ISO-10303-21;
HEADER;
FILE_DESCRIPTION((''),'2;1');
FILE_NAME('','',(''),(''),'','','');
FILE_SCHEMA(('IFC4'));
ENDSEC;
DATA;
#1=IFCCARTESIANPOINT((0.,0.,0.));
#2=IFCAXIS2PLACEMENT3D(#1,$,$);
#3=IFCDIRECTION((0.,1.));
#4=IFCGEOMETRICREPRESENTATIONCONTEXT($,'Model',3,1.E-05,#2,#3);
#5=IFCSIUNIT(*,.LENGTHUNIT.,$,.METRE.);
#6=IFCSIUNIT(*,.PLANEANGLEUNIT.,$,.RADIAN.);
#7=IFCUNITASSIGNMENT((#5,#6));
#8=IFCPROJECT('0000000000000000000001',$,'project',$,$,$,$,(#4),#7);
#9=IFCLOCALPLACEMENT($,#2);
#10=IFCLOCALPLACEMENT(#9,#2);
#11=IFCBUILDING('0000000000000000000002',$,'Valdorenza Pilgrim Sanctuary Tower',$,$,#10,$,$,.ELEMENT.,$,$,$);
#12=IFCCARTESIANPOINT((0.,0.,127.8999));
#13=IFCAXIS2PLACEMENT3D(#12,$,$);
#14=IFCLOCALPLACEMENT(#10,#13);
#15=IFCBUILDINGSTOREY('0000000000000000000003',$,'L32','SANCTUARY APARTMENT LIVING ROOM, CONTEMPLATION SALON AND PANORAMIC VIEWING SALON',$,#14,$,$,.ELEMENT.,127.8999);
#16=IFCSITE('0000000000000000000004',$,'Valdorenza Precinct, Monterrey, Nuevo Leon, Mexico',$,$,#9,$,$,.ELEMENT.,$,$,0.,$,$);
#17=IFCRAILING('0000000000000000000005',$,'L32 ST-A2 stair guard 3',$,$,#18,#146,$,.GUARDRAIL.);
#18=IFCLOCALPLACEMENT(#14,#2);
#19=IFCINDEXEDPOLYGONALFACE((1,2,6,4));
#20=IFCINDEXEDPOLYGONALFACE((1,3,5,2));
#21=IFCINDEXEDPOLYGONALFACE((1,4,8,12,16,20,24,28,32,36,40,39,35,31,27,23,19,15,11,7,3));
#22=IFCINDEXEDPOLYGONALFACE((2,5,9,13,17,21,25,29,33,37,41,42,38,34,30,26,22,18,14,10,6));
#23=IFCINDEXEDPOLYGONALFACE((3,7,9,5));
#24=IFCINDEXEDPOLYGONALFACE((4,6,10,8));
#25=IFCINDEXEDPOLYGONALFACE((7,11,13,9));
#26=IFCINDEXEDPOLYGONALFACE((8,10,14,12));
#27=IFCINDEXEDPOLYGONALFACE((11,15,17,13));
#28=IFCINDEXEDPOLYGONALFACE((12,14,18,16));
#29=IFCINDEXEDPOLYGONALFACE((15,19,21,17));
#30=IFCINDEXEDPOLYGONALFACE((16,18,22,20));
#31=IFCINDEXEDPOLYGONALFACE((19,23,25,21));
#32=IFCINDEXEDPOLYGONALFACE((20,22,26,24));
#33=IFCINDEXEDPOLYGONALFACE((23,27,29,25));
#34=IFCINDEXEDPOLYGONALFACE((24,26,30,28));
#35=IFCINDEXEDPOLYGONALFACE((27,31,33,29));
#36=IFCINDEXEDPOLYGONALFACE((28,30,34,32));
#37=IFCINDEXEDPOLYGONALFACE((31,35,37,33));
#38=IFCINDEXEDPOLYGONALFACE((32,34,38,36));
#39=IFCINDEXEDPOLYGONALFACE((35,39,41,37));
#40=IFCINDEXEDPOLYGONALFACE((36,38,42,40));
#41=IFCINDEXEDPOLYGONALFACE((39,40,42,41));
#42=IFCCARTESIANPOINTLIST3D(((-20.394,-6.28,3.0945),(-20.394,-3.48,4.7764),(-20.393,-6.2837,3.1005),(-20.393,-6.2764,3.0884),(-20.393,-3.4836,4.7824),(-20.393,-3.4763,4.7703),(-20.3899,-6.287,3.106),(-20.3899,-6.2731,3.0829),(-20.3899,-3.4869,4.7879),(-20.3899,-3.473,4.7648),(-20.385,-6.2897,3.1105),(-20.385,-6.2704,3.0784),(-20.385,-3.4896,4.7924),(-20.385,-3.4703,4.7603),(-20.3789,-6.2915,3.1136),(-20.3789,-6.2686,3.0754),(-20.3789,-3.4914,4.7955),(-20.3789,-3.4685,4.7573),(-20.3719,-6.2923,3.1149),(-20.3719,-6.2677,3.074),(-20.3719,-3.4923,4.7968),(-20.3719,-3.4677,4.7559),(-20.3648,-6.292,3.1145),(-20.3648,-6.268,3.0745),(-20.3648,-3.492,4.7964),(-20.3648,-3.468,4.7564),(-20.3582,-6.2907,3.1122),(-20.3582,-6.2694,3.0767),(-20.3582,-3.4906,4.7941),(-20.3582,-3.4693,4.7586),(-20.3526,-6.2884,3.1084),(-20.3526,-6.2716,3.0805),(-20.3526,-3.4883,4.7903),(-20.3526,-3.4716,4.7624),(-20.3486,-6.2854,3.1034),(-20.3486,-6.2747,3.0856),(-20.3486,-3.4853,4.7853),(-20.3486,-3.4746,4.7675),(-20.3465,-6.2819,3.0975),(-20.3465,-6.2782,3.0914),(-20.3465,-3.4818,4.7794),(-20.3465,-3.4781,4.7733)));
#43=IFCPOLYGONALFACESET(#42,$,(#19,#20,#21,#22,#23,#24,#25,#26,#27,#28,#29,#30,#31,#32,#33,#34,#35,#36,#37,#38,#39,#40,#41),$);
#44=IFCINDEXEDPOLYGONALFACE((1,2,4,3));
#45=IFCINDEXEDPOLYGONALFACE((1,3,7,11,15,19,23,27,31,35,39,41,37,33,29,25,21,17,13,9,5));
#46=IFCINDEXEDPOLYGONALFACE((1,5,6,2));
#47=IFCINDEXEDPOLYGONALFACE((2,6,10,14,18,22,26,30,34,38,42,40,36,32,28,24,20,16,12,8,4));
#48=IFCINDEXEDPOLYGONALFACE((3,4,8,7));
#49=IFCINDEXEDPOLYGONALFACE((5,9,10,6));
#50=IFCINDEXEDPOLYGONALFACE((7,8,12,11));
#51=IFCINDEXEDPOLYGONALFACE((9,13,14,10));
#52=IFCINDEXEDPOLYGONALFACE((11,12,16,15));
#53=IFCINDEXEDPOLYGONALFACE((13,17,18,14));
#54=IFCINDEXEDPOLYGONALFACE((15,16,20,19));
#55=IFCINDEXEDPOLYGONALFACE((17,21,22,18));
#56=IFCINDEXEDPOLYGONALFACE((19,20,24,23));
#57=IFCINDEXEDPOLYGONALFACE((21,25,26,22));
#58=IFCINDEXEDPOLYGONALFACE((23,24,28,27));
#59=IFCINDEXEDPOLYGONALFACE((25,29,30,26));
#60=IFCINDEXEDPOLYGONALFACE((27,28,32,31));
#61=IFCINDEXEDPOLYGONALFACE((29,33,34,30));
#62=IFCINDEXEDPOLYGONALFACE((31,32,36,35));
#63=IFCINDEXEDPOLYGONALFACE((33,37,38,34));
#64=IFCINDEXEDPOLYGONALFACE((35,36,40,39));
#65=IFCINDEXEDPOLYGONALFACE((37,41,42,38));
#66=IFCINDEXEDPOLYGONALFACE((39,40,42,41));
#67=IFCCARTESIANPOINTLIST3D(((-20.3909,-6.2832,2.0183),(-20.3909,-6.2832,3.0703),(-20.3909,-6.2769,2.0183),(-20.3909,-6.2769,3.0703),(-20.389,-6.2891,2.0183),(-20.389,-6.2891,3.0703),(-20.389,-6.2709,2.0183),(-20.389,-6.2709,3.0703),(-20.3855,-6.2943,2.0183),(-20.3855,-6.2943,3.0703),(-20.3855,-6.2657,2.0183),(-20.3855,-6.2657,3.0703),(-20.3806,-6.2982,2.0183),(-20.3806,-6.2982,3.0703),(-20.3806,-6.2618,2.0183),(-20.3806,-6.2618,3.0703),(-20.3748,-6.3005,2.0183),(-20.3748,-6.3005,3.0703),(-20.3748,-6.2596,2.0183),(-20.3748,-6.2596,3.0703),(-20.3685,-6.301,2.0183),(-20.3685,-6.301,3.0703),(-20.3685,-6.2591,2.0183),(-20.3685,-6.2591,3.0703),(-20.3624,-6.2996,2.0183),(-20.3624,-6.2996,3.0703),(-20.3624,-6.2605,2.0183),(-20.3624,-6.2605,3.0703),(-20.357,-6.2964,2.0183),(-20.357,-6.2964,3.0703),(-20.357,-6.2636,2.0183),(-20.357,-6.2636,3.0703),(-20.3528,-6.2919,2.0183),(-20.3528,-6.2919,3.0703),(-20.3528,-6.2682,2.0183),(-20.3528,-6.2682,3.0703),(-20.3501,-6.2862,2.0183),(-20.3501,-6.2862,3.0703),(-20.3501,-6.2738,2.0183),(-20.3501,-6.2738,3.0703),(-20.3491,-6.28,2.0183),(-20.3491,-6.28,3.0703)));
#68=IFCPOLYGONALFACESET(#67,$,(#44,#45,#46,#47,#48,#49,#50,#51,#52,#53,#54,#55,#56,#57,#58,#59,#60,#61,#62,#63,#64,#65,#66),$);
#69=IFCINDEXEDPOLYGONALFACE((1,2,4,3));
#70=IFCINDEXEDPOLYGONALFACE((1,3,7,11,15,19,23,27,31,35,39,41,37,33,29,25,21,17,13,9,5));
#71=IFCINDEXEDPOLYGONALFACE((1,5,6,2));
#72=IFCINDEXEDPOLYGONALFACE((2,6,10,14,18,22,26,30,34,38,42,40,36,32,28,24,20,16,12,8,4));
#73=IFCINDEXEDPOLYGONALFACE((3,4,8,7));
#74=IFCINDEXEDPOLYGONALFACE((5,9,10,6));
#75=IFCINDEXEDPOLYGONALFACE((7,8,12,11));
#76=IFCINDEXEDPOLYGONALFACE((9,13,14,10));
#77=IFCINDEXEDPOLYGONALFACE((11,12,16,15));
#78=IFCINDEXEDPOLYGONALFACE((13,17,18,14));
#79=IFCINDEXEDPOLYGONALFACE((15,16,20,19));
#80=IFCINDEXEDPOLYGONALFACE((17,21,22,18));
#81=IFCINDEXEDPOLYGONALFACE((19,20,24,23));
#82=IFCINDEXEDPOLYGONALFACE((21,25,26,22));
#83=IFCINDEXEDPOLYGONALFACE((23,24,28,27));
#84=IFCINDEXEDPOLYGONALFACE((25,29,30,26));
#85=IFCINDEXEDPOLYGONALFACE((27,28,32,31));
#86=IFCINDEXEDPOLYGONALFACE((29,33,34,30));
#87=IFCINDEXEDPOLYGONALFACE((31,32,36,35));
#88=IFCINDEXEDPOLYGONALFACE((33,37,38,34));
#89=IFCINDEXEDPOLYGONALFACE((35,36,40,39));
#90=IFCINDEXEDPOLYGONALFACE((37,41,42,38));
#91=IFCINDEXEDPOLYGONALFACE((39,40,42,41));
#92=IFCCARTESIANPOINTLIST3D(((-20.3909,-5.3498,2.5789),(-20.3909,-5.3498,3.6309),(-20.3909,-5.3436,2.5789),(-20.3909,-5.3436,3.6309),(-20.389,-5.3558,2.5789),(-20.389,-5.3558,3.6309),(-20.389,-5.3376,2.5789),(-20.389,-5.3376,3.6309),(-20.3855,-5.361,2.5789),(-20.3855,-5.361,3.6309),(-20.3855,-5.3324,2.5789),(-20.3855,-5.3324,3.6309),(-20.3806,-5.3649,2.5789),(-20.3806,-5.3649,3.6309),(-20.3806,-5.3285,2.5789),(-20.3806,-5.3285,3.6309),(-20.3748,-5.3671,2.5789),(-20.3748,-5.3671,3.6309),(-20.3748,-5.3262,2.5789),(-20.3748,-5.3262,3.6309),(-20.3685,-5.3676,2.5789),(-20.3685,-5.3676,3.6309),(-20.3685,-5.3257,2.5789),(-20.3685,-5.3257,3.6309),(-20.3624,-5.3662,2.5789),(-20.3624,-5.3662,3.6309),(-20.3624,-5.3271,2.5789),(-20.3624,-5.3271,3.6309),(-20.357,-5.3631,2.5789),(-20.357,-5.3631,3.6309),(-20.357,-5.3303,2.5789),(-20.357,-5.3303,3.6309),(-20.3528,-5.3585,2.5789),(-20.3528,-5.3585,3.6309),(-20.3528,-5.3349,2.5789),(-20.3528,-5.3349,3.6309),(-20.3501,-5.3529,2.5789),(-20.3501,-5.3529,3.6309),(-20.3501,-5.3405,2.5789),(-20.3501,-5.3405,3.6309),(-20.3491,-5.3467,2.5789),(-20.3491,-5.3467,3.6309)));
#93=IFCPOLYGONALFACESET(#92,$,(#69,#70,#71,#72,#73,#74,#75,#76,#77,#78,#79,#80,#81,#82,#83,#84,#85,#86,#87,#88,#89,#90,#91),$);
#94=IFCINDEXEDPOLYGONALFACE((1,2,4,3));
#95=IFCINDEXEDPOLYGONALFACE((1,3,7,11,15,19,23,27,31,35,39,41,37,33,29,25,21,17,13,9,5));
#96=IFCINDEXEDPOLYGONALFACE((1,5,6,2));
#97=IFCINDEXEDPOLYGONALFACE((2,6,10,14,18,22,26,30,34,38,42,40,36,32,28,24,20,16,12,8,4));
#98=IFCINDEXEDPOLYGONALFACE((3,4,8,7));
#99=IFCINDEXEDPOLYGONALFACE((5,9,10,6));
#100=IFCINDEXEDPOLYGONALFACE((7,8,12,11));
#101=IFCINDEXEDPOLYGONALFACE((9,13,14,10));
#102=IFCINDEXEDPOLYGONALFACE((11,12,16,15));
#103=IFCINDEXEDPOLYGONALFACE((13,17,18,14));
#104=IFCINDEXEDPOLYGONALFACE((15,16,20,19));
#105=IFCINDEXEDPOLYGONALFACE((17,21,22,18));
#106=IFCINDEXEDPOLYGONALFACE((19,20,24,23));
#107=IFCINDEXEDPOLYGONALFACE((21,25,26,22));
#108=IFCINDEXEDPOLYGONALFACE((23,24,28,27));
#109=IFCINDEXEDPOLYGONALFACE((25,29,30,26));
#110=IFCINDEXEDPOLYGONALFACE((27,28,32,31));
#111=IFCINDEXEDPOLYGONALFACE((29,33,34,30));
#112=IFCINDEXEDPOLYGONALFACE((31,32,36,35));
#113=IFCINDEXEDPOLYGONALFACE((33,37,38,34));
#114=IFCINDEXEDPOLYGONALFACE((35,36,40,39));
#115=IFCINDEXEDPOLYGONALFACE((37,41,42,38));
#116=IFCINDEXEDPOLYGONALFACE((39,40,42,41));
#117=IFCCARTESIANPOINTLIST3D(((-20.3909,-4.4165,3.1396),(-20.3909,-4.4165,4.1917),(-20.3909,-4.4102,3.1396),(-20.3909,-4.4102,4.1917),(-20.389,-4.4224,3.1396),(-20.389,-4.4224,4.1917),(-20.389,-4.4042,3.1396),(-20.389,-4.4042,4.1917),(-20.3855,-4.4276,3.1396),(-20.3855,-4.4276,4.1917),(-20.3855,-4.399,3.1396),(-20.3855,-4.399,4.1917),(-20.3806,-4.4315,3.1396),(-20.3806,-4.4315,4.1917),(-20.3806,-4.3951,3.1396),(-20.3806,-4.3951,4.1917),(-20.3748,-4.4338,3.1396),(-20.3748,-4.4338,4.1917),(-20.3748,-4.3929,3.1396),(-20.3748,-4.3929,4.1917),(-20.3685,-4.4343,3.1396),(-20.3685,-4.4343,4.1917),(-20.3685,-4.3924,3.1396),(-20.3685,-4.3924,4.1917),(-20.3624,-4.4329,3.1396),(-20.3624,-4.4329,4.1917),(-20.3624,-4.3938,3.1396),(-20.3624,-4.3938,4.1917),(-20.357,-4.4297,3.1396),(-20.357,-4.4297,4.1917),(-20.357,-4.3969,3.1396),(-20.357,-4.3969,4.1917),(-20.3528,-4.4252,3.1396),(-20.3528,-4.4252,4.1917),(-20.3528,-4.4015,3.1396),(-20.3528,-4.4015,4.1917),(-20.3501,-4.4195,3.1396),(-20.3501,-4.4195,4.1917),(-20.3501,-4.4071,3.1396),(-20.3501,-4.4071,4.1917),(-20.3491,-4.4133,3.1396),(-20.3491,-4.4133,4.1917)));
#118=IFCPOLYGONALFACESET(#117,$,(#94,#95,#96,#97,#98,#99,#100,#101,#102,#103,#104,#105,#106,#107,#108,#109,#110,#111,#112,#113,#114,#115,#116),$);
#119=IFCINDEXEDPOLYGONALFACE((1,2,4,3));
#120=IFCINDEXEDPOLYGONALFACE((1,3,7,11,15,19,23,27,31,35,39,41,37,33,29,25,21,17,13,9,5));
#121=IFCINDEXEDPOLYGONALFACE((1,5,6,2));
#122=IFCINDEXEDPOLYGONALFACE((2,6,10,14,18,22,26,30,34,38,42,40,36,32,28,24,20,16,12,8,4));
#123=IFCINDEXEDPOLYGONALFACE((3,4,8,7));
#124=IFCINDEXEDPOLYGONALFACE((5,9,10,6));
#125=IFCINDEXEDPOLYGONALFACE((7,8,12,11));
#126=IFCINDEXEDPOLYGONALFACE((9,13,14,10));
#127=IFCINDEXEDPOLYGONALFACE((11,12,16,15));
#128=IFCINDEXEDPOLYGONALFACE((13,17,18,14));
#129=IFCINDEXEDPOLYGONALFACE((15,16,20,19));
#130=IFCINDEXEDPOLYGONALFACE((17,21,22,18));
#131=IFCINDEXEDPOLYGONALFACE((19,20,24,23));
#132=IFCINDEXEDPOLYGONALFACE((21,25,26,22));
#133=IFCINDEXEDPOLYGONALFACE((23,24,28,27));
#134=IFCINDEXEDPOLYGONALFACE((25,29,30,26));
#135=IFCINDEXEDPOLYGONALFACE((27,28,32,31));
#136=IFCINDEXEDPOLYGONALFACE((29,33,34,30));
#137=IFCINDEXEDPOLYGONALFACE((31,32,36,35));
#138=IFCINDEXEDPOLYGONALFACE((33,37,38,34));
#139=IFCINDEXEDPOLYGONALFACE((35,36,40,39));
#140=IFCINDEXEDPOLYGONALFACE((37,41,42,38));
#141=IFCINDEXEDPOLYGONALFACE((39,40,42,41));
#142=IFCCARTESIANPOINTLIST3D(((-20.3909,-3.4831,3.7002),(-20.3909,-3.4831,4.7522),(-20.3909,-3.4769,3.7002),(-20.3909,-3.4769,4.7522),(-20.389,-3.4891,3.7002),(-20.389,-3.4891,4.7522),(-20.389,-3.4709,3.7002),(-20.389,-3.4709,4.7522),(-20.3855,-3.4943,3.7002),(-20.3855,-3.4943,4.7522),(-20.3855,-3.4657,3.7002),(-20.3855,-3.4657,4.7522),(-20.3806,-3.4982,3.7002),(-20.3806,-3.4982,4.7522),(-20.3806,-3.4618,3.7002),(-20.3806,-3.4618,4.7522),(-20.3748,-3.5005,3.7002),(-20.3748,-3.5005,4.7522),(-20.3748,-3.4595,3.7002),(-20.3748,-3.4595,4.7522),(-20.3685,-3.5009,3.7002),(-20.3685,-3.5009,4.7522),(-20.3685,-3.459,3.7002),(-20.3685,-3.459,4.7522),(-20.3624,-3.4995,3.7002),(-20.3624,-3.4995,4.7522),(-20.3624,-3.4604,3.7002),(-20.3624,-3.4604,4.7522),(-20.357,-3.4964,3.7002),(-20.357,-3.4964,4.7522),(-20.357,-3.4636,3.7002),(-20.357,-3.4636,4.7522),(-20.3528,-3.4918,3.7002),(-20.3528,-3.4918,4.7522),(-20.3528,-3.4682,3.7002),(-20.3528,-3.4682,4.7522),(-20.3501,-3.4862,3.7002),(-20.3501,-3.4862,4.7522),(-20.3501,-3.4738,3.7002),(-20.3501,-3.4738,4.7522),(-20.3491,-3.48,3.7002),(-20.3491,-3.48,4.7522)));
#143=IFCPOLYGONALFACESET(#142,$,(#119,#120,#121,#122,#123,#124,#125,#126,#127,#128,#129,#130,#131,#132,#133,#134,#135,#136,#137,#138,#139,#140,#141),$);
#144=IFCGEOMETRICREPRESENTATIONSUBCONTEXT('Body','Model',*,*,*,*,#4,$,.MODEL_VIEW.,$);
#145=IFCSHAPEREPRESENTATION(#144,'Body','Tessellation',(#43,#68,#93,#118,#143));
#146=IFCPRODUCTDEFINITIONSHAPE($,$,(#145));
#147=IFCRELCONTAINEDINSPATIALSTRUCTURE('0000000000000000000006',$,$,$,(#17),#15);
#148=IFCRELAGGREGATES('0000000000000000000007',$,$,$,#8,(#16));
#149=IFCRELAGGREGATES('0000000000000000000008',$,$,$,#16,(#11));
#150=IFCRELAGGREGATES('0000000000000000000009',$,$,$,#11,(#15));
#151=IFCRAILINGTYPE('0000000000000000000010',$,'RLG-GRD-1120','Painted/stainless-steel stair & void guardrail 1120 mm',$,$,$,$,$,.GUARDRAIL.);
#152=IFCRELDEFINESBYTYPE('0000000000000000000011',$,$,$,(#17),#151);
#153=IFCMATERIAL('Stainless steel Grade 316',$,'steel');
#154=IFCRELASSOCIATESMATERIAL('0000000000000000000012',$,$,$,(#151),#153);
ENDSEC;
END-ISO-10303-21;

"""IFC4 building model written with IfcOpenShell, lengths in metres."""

from ifc_helpers import new_model, si_unit, direction, frame, origin, origin_2d, place, context, subcontext, project, spatial, circle, extrude, material, type_object, element, save


model = new_model("IFC4")

# Units and contexts
model_context = context("Model", 3, precision=1e-05, world=origin(), true_north=direction((0.0, 1.0)))
body_context = subcontext(model_context, "Body", "Model", "MODEL_VIEW")
ifc_project = project(units=[si_unit("LENGTHUNIT", "METRE"), si_unit("PLANEANGLEUNIT", "RADIAN")], contexts=[model_context])

# Site, building, storey
site_placement = place(None, origin())
site = spatial("IfcSite", under=ifc_project, at=site_placement, Name="Valdorenza Precinct, Monterrey, Nuevo Leon, Mexico", CompositionType="ELEMENT", RefElevation=0.0)
building_placement = place(site_placement, origin())
building = spatial("IfcBuilding", under=site, at=building_placement, Name="Valdorenza Pilgrim Sanctuary Tower", CompositionType="ELEMENT")
storey_placement = place(building_placement, frame((0.0, 0.0, 127.8999)))
storey = spatial("IfcBuildingStorey", under=building, at=storey_placement, Name="L32", Description="SANCTUARY APARTMENT LIVING ROOM, CONTEMPLATION SALON AND PANORAMIC VIEWING SALON", CompositionType="ELEMENT", Elevation=127.8999)

# Railing
ifc_material_1 = material(Name="Stainless steel Grade 316", Category="steel")
railing_type_1 = type_object("IfcRailingType", Name="RLG-GRD-1120", Description="Painted/stainless-steel stair & void guardrail 1120 mm", PredefinedType="GUARDRAIL", material=ifc_material_1)
railing_1_placement = place(storey_placement, frame((-20.3701, -6.28, 2.0183)))
element("IfcRailing", 1, at=railing_1_placement, inside=storey, type_object=railing_type_1, Name="L32 ST-A2 stair guard 3", PredefinedType="GUARDRAIL", context=body_context, shape_type="SweptSolid", body=[
    extrude(circle(Radius=0.0239, at=origin_2d()), frame((0.0, 0.0, 1.0762), z_axis=(0.0, 0.857242, 0.514913), x_axis=(-1.0, 0.0, 0.0)), (0.0, 0.0, 1.0), 3.2664),
    extrude(circle(Radius=0.021, at=origin_2d()), origin(), (0.0, 0.0, 1.0), 1.052),
    extrude(circle(Radius=0.021, at=origin_2d()), frame((0.0, 0.9333, 0.5605)), (0.0, 0.0, 1.0), 1.052),
    extrude(circle(Radius=0.021, at=origin_2d()), frame((0.0, 1.8667, 1.1213)), (0.0, 0.0, 1.0), 1.052),
    extrude(circle(Radius=0.021, at=origin_2d()), frame((0.0, 2.8, 1.6819)), (0.0, 0.0, 1.0), 1.052),
])

save(model, "model.ifc")
